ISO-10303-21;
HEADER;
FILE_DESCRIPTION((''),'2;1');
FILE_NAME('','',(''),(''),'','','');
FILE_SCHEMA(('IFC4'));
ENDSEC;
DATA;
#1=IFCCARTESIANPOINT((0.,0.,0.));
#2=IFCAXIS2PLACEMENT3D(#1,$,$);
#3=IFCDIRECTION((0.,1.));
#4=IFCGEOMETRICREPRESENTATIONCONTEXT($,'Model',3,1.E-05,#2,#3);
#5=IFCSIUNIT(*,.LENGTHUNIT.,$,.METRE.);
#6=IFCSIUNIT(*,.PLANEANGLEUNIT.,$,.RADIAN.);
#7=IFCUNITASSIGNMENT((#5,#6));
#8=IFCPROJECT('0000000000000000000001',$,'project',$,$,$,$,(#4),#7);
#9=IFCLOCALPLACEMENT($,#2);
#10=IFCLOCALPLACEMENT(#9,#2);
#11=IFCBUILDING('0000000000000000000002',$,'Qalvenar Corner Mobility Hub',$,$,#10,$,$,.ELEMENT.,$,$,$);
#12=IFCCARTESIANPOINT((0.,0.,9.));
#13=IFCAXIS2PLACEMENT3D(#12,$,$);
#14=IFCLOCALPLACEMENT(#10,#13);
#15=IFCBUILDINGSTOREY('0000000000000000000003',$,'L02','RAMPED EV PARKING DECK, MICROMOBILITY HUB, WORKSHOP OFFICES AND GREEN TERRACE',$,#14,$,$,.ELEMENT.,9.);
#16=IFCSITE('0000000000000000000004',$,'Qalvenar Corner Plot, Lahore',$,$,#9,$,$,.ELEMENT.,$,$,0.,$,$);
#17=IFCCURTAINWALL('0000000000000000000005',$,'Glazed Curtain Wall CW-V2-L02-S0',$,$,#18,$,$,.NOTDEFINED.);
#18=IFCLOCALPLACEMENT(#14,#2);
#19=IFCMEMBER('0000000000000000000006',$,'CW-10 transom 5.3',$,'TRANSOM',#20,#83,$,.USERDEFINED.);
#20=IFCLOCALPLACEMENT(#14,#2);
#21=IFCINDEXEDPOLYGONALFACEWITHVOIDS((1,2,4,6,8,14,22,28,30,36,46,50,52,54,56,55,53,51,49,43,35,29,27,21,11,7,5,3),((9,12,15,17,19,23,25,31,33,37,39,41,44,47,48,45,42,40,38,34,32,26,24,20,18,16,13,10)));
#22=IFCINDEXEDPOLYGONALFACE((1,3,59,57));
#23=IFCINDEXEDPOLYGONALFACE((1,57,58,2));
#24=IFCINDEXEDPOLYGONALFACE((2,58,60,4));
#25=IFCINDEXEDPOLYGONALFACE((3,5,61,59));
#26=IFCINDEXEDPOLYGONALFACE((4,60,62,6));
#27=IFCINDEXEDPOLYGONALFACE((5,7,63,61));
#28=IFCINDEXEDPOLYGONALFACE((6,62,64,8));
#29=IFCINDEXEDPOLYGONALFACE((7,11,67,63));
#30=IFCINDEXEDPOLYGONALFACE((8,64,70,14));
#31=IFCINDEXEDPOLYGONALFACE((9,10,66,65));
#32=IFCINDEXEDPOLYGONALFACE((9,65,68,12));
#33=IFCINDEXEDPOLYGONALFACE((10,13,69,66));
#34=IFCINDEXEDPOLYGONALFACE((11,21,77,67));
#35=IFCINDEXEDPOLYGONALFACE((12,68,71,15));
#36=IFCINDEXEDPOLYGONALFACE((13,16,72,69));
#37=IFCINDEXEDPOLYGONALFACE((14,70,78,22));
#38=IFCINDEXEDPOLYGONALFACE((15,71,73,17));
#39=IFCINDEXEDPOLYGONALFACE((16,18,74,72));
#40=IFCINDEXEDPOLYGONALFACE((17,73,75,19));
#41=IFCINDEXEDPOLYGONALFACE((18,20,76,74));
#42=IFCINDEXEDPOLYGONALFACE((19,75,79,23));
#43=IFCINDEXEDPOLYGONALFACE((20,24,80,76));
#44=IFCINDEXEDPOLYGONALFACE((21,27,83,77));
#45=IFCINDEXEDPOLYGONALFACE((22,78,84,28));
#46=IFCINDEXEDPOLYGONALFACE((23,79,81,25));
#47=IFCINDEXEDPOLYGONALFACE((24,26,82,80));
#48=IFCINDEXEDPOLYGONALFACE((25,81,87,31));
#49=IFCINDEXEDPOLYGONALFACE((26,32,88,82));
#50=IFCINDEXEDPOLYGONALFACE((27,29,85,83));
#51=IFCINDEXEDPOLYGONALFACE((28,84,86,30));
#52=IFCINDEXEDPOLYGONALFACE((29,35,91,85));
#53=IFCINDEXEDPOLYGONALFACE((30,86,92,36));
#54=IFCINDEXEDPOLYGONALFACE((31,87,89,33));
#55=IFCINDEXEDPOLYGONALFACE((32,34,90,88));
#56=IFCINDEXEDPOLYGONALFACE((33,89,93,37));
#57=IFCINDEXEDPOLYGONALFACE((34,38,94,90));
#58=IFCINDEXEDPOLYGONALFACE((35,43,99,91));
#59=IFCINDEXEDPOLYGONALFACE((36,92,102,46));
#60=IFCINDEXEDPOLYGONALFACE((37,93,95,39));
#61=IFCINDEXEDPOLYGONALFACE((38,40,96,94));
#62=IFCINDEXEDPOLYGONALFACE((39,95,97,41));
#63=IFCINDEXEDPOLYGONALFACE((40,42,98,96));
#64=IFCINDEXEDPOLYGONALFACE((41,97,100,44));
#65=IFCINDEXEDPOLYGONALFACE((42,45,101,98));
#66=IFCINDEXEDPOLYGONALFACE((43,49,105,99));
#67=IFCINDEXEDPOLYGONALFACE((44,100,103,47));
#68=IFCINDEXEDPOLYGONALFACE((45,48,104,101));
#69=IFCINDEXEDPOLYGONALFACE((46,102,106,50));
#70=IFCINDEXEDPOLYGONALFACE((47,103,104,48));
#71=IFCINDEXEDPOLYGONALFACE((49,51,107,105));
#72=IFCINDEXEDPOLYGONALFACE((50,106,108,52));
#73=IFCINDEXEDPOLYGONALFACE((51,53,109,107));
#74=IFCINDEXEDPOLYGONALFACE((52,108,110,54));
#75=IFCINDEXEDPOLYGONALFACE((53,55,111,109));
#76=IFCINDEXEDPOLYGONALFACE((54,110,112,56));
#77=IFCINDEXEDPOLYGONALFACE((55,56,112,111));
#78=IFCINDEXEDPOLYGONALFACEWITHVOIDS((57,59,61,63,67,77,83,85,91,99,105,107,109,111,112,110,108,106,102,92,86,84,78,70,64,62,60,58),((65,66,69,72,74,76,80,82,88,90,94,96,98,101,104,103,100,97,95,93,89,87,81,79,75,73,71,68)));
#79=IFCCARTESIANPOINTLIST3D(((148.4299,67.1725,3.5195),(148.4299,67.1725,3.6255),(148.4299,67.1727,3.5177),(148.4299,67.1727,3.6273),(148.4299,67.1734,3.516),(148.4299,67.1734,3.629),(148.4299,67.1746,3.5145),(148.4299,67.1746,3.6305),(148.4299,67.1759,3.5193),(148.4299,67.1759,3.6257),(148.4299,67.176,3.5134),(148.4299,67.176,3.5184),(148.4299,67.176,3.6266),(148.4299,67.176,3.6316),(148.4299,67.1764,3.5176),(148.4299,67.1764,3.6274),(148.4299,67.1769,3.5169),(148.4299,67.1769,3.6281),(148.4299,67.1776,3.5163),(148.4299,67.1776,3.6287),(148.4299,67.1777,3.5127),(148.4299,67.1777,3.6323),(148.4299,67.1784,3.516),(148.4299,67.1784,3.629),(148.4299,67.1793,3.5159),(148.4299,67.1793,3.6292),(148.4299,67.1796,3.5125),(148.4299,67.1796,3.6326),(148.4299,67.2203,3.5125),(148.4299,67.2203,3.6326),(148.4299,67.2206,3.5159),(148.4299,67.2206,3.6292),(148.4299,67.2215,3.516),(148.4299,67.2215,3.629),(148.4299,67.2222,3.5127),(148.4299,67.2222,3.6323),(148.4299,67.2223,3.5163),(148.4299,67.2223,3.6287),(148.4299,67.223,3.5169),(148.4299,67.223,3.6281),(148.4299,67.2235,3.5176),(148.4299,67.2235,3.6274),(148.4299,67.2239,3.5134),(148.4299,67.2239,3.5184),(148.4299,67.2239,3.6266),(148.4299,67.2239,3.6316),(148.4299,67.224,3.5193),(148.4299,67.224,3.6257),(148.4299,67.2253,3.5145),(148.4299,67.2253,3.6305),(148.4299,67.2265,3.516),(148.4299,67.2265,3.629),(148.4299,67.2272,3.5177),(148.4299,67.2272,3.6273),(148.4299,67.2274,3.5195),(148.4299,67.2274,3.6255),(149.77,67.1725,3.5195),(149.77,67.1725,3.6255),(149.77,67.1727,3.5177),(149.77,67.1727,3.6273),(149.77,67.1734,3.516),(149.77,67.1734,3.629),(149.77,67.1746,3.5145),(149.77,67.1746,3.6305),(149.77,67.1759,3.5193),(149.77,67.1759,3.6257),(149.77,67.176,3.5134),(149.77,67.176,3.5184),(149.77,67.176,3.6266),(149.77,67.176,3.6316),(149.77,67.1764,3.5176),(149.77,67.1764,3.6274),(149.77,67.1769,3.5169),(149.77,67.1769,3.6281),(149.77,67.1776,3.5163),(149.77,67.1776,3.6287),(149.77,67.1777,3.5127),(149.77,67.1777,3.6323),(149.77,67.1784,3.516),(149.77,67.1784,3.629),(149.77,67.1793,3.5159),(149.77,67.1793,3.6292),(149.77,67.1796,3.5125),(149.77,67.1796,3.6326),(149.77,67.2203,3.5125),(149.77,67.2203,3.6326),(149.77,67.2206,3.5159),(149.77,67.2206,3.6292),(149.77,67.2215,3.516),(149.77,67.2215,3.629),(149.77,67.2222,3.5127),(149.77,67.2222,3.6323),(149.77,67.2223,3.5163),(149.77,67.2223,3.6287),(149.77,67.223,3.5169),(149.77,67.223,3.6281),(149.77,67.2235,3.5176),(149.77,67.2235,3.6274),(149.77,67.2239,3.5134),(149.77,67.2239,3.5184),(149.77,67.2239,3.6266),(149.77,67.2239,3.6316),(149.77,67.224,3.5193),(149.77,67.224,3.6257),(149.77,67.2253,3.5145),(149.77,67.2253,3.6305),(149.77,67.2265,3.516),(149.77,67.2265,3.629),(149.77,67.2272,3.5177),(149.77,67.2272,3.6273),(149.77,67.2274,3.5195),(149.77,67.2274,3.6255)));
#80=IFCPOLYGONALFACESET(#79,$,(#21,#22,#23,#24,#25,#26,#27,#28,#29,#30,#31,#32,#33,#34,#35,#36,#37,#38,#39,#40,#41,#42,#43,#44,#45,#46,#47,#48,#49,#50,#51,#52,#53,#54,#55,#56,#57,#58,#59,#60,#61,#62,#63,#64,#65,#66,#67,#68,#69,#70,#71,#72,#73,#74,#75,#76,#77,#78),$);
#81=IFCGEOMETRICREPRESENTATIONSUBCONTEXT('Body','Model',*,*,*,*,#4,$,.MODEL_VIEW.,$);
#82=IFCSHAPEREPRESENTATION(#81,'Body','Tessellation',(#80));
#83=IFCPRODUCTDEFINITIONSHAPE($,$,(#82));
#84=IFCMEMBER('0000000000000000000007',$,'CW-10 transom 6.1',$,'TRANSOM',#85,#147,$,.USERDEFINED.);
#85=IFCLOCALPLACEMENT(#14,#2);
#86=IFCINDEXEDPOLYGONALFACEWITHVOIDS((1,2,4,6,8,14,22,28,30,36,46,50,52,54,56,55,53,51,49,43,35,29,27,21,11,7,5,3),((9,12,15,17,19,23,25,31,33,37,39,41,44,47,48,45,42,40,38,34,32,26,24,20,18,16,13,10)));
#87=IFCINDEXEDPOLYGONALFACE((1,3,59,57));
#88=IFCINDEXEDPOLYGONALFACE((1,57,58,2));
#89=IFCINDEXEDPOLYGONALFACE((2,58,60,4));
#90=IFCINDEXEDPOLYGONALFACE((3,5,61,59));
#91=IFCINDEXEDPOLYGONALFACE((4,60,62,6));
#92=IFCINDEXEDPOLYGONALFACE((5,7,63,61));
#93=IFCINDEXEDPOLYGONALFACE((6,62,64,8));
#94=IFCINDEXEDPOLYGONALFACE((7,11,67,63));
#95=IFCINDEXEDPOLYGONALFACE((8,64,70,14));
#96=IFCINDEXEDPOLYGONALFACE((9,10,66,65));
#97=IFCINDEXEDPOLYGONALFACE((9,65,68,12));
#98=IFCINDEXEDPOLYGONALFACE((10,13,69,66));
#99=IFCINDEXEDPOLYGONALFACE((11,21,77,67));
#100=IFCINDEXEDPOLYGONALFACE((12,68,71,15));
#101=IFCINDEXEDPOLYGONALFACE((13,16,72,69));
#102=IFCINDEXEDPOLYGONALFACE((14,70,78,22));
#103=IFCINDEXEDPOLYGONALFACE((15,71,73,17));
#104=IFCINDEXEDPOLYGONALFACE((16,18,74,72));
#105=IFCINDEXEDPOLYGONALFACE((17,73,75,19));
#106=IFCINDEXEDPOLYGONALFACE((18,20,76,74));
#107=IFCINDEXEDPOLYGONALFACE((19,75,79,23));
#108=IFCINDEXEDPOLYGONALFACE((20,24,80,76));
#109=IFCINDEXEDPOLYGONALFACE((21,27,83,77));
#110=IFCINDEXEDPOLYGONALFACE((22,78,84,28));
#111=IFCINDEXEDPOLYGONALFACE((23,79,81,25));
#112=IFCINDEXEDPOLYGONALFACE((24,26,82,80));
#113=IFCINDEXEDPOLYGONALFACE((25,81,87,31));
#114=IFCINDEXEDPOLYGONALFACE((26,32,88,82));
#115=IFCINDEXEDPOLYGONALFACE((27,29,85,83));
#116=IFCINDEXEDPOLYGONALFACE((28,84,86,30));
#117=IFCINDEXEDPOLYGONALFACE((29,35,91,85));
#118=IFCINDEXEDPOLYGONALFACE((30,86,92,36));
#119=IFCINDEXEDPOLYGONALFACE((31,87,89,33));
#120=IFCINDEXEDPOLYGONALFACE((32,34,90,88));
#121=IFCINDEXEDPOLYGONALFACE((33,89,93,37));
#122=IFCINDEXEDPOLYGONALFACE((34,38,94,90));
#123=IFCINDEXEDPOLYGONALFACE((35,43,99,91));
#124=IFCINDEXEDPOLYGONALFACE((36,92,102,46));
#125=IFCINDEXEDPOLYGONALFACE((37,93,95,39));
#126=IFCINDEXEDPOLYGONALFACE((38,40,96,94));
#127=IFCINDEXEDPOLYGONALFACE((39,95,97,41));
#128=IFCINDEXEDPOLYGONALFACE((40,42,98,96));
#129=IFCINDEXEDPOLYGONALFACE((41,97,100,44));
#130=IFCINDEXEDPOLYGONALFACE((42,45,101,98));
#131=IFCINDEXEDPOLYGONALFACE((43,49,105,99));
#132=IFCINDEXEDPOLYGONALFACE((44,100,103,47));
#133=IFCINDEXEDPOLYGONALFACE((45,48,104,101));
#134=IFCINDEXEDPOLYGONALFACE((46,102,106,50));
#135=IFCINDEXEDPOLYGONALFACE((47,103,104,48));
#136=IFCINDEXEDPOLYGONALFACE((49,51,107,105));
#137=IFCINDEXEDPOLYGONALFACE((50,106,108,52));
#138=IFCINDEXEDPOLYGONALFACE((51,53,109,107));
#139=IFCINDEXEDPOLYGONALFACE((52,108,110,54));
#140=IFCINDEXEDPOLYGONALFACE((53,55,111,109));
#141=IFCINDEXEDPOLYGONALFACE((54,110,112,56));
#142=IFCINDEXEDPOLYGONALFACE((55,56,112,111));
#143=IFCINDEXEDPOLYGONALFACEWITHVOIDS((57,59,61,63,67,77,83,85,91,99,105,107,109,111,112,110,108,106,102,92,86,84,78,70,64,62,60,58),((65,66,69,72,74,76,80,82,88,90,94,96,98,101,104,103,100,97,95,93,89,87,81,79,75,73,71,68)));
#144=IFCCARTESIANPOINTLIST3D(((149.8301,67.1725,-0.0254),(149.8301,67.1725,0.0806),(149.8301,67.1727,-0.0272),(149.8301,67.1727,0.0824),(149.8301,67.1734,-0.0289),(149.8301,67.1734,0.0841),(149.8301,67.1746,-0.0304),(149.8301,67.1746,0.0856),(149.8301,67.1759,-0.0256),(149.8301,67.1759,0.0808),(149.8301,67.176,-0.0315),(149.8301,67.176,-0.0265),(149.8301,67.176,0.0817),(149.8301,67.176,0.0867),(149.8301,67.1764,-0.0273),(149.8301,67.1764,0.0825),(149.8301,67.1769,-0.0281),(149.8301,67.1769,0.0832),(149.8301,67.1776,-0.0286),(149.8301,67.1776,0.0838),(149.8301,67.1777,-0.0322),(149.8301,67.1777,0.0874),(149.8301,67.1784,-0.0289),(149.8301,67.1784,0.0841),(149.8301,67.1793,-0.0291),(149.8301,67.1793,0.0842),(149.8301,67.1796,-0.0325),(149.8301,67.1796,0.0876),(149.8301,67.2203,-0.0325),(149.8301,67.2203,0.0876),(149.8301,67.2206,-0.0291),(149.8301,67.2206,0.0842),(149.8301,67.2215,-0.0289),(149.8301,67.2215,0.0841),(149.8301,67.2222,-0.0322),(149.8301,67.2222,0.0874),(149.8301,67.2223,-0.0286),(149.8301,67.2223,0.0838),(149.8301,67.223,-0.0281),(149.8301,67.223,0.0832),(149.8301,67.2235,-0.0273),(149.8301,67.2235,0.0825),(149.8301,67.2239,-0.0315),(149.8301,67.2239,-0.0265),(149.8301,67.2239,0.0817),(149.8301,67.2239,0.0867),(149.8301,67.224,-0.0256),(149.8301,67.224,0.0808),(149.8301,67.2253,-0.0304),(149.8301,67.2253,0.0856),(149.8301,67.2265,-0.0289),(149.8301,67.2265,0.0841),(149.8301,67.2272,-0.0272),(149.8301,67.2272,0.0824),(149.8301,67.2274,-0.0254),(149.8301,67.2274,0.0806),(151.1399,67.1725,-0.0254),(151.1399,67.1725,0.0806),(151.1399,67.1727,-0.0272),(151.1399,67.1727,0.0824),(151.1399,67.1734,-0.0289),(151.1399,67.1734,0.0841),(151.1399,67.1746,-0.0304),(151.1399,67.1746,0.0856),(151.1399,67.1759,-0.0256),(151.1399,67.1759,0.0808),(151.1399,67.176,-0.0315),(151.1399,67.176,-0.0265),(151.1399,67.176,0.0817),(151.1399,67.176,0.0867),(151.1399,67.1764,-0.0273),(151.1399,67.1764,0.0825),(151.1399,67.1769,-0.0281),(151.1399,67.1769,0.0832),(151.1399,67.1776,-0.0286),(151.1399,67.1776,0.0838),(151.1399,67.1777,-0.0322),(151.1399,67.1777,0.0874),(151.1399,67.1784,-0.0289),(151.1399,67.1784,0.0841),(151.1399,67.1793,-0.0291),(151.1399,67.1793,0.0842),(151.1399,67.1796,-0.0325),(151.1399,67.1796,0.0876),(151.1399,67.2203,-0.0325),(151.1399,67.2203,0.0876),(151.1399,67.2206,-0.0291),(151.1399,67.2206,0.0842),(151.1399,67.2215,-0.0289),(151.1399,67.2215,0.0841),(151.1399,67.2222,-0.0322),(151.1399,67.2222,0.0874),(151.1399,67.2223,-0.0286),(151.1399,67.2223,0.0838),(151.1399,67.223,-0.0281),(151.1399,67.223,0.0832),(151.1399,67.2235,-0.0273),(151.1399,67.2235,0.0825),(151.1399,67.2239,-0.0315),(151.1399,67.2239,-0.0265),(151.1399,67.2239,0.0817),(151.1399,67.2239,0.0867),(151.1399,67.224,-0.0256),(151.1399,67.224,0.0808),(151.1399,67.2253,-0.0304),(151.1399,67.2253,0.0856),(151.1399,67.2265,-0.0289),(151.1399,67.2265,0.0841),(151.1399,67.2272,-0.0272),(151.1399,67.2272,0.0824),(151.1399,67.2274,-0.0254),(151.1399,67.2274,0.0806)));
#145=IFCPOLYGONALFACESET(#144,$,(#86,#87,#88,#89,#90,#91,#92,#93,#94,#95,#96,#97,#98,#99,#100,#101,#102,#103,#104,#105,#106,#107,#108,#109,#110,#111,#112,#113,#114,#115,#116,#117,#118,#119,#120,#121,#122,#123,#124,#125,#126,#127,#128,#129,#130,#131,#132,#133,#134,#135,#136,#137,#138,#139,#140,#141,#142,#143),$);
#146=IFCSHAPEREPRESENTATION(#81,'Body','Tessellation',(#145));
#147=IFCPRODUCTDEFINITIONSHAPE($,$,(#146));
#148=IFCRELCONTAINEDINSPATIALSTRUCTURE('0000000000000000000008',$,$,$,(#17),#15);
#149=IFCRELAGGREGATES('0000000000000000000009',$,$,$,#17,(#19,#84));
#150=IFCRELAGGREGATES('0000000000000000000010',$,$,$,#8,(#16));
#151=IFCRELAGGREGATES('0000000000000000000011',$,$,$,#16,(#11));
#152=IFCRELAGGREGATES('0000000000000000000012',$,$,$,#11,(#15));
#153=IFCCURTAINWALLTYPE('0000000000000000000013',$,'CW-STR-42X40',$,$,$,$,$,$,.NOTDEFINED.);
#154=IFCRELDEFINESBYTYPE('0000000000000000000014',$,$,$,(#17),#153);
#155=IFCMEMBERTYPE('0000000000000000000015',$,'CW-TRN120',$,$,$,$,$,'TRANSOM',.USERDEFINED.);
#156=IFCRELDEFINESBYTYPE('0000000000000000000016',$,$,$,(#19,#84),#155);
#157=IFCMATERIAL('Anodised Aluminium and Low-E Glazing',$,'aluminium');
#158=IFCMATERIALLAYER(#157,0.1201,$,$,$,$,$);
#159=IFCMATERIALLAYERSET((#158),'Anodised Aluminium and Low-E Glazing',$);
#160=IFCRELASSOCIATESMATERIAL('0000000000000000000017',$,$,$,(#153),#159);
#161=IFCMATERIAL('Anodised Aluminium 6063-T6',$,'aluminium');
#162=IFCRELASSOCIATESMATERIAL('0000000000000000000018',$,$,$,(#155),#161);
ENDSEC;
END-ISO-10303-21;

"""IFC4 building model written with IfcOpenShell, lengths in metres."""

from ifc_helpers import new_model, si_unit, direction, frame, origin, origin_2d, place, context, subcontext, project, spatial, hollow_rectangle, extrude, material, layer, layer_set, material_profile, profile_set, type_object, element, aggregate, save


model = new_model("IFC4")

# Units and contexts
model_context = context("Model", 3, precision=1e-05, world=origin(), true_north=direction((0.0, 1.0)))
body_context = subcontext(model_context, "Body", "Model", "MODEL_VIEW")
ifc_project = project(units=[si_unit("LENGTHUNIT", "METRE"), si_unit("PLANEANGLEUNIT", "RADIAN")], contexts=[model_context])

# Site, building, storey
site_placement = place(None, origin())
site = spatial("IfcSite", under=ifc_project, at=site_placement, Name="Qalvenar Corner Plot, Lahore", CompositionType="ELEMENT", RefElevation=0.0)
building_placement = place(site_placement, origin())
building = spatial("IfcBuilding", under=site, at=building_placement, Name="Qalvenar Corner Mobility Hub", CompositionType="ELEMENT")
storey_placement = place(building_placement, frame((0.0, 0.0, 9.0)))
storey = spatial("IfcBuildingStorey", under=building, at=storey_placement, Name="L02", Description="RAMPED EV PARKING DECK, MICROMOBILITY HUB, WORKSHOP OFFICES AND GREEN TERRACE", CompositionType="ELEMENT", Elevation=9.0)

# Curtain wall
ifc_material_1 = material(Name="Anodised Aluminium and Low-E Glazing", Category="aluminium")
ifc_layer_1 = layer(ifc_material_1, 0.1201)
ifc_layer_set_1 = layer_set([ifc_layer_1], Name="Anodised Aluminium and Low-E Glazing")
curtain_wall_type = type_object("IfcCurtainWallType", Name="CW-STR-42X40", PredefinedType="NOTDEFINED", material=ifc_layer_set_1)
curtain_wall_1_placement = place(storey_placement, origin())
curtain_wall_1 = element("IfcCurtainWall", 1, at=curtain_wall_1_placement, inside=storey, type_object=curtain_wall_type, Name="Glazed Curtain Wall CW-V2-L02-S0", PredefinedType="NOTDEFINED")
ifc_material_2 = material(Name="Anodised Aluminium 6063-T6", Category="aluminium")

# Members
ifc_material_profile_1 = material_profile(ifc_material_2, hollow_rectangle(XDim=0.0549, YDim=0.1201, WallThickness=0.0034, InnerFilletRadius=0.0034, OuterFilletRadius=0.0071, at=origin_2d()), Name="RHS120x55x3.5")
ifc_profile_set_1 = profile_set([ifc_material_profile_1], Name="Anodised Aluminium 6063-T6")
member_type_1 = type_object("IfcMemberType", Name="CW-TRN120", ElementType="TRANSOM", PredefinedType="USERDEFINED", material=ifc_profile_set_1)
member_1_placement = place(storey_placement, frame((148.4299, 67.2, 3.5725), z_axis=(1.0, 0.0, 0.0), x_axis=(0.0, 1.0, 0.0)))
member_1 = element("IfcMember", 2, at=member_1_placement, type_object=member_type_1, Name="CW-10 transom 5.3", ObjectType="TRANSOM", PredefinedType="USERDEFINED", context=body_context, shape_type="SweptSolid", body=[
    extrude(hollow_rectangle(XDim=0.0549, YDim=0.1201, WallThickness=0.0034, InnerFilletRadius=0.0034, OuterFilletRadius=0.0071, at=origin_2d()), origin(), (0.0, 0.0, 1.0), 1.3401),
])
member_2_placement = place(storey_placement, frame((149.8301, 67.2, 0.0276), z_axis=(1.0, 0.0, 0.0), x_axis=(0.0, 1.0, 0.0)))
member_2 = element("IfcMember", 3, at=member_2_placement, type_object=member_type_1, Name="CW-10 transom 6.1", ObjectType="TRANSOM", PredefinedType="USERDEFINED", context=body_context, shape_type="SweptSolid", body=[
    extrude(hollow_rectangle(XDim=0.0549, YDim=0.1201, WallThickness=0.0034, InnerFilletRadius=0.0034, OuterFilletRadius=0.0071, at=origin_2d()), origin(), (0.0, 0.0, 1.0), 1.3098),
])

aggregate(curtain_wall_1, [member_1, member_2])

save(model, "model.ifc")
